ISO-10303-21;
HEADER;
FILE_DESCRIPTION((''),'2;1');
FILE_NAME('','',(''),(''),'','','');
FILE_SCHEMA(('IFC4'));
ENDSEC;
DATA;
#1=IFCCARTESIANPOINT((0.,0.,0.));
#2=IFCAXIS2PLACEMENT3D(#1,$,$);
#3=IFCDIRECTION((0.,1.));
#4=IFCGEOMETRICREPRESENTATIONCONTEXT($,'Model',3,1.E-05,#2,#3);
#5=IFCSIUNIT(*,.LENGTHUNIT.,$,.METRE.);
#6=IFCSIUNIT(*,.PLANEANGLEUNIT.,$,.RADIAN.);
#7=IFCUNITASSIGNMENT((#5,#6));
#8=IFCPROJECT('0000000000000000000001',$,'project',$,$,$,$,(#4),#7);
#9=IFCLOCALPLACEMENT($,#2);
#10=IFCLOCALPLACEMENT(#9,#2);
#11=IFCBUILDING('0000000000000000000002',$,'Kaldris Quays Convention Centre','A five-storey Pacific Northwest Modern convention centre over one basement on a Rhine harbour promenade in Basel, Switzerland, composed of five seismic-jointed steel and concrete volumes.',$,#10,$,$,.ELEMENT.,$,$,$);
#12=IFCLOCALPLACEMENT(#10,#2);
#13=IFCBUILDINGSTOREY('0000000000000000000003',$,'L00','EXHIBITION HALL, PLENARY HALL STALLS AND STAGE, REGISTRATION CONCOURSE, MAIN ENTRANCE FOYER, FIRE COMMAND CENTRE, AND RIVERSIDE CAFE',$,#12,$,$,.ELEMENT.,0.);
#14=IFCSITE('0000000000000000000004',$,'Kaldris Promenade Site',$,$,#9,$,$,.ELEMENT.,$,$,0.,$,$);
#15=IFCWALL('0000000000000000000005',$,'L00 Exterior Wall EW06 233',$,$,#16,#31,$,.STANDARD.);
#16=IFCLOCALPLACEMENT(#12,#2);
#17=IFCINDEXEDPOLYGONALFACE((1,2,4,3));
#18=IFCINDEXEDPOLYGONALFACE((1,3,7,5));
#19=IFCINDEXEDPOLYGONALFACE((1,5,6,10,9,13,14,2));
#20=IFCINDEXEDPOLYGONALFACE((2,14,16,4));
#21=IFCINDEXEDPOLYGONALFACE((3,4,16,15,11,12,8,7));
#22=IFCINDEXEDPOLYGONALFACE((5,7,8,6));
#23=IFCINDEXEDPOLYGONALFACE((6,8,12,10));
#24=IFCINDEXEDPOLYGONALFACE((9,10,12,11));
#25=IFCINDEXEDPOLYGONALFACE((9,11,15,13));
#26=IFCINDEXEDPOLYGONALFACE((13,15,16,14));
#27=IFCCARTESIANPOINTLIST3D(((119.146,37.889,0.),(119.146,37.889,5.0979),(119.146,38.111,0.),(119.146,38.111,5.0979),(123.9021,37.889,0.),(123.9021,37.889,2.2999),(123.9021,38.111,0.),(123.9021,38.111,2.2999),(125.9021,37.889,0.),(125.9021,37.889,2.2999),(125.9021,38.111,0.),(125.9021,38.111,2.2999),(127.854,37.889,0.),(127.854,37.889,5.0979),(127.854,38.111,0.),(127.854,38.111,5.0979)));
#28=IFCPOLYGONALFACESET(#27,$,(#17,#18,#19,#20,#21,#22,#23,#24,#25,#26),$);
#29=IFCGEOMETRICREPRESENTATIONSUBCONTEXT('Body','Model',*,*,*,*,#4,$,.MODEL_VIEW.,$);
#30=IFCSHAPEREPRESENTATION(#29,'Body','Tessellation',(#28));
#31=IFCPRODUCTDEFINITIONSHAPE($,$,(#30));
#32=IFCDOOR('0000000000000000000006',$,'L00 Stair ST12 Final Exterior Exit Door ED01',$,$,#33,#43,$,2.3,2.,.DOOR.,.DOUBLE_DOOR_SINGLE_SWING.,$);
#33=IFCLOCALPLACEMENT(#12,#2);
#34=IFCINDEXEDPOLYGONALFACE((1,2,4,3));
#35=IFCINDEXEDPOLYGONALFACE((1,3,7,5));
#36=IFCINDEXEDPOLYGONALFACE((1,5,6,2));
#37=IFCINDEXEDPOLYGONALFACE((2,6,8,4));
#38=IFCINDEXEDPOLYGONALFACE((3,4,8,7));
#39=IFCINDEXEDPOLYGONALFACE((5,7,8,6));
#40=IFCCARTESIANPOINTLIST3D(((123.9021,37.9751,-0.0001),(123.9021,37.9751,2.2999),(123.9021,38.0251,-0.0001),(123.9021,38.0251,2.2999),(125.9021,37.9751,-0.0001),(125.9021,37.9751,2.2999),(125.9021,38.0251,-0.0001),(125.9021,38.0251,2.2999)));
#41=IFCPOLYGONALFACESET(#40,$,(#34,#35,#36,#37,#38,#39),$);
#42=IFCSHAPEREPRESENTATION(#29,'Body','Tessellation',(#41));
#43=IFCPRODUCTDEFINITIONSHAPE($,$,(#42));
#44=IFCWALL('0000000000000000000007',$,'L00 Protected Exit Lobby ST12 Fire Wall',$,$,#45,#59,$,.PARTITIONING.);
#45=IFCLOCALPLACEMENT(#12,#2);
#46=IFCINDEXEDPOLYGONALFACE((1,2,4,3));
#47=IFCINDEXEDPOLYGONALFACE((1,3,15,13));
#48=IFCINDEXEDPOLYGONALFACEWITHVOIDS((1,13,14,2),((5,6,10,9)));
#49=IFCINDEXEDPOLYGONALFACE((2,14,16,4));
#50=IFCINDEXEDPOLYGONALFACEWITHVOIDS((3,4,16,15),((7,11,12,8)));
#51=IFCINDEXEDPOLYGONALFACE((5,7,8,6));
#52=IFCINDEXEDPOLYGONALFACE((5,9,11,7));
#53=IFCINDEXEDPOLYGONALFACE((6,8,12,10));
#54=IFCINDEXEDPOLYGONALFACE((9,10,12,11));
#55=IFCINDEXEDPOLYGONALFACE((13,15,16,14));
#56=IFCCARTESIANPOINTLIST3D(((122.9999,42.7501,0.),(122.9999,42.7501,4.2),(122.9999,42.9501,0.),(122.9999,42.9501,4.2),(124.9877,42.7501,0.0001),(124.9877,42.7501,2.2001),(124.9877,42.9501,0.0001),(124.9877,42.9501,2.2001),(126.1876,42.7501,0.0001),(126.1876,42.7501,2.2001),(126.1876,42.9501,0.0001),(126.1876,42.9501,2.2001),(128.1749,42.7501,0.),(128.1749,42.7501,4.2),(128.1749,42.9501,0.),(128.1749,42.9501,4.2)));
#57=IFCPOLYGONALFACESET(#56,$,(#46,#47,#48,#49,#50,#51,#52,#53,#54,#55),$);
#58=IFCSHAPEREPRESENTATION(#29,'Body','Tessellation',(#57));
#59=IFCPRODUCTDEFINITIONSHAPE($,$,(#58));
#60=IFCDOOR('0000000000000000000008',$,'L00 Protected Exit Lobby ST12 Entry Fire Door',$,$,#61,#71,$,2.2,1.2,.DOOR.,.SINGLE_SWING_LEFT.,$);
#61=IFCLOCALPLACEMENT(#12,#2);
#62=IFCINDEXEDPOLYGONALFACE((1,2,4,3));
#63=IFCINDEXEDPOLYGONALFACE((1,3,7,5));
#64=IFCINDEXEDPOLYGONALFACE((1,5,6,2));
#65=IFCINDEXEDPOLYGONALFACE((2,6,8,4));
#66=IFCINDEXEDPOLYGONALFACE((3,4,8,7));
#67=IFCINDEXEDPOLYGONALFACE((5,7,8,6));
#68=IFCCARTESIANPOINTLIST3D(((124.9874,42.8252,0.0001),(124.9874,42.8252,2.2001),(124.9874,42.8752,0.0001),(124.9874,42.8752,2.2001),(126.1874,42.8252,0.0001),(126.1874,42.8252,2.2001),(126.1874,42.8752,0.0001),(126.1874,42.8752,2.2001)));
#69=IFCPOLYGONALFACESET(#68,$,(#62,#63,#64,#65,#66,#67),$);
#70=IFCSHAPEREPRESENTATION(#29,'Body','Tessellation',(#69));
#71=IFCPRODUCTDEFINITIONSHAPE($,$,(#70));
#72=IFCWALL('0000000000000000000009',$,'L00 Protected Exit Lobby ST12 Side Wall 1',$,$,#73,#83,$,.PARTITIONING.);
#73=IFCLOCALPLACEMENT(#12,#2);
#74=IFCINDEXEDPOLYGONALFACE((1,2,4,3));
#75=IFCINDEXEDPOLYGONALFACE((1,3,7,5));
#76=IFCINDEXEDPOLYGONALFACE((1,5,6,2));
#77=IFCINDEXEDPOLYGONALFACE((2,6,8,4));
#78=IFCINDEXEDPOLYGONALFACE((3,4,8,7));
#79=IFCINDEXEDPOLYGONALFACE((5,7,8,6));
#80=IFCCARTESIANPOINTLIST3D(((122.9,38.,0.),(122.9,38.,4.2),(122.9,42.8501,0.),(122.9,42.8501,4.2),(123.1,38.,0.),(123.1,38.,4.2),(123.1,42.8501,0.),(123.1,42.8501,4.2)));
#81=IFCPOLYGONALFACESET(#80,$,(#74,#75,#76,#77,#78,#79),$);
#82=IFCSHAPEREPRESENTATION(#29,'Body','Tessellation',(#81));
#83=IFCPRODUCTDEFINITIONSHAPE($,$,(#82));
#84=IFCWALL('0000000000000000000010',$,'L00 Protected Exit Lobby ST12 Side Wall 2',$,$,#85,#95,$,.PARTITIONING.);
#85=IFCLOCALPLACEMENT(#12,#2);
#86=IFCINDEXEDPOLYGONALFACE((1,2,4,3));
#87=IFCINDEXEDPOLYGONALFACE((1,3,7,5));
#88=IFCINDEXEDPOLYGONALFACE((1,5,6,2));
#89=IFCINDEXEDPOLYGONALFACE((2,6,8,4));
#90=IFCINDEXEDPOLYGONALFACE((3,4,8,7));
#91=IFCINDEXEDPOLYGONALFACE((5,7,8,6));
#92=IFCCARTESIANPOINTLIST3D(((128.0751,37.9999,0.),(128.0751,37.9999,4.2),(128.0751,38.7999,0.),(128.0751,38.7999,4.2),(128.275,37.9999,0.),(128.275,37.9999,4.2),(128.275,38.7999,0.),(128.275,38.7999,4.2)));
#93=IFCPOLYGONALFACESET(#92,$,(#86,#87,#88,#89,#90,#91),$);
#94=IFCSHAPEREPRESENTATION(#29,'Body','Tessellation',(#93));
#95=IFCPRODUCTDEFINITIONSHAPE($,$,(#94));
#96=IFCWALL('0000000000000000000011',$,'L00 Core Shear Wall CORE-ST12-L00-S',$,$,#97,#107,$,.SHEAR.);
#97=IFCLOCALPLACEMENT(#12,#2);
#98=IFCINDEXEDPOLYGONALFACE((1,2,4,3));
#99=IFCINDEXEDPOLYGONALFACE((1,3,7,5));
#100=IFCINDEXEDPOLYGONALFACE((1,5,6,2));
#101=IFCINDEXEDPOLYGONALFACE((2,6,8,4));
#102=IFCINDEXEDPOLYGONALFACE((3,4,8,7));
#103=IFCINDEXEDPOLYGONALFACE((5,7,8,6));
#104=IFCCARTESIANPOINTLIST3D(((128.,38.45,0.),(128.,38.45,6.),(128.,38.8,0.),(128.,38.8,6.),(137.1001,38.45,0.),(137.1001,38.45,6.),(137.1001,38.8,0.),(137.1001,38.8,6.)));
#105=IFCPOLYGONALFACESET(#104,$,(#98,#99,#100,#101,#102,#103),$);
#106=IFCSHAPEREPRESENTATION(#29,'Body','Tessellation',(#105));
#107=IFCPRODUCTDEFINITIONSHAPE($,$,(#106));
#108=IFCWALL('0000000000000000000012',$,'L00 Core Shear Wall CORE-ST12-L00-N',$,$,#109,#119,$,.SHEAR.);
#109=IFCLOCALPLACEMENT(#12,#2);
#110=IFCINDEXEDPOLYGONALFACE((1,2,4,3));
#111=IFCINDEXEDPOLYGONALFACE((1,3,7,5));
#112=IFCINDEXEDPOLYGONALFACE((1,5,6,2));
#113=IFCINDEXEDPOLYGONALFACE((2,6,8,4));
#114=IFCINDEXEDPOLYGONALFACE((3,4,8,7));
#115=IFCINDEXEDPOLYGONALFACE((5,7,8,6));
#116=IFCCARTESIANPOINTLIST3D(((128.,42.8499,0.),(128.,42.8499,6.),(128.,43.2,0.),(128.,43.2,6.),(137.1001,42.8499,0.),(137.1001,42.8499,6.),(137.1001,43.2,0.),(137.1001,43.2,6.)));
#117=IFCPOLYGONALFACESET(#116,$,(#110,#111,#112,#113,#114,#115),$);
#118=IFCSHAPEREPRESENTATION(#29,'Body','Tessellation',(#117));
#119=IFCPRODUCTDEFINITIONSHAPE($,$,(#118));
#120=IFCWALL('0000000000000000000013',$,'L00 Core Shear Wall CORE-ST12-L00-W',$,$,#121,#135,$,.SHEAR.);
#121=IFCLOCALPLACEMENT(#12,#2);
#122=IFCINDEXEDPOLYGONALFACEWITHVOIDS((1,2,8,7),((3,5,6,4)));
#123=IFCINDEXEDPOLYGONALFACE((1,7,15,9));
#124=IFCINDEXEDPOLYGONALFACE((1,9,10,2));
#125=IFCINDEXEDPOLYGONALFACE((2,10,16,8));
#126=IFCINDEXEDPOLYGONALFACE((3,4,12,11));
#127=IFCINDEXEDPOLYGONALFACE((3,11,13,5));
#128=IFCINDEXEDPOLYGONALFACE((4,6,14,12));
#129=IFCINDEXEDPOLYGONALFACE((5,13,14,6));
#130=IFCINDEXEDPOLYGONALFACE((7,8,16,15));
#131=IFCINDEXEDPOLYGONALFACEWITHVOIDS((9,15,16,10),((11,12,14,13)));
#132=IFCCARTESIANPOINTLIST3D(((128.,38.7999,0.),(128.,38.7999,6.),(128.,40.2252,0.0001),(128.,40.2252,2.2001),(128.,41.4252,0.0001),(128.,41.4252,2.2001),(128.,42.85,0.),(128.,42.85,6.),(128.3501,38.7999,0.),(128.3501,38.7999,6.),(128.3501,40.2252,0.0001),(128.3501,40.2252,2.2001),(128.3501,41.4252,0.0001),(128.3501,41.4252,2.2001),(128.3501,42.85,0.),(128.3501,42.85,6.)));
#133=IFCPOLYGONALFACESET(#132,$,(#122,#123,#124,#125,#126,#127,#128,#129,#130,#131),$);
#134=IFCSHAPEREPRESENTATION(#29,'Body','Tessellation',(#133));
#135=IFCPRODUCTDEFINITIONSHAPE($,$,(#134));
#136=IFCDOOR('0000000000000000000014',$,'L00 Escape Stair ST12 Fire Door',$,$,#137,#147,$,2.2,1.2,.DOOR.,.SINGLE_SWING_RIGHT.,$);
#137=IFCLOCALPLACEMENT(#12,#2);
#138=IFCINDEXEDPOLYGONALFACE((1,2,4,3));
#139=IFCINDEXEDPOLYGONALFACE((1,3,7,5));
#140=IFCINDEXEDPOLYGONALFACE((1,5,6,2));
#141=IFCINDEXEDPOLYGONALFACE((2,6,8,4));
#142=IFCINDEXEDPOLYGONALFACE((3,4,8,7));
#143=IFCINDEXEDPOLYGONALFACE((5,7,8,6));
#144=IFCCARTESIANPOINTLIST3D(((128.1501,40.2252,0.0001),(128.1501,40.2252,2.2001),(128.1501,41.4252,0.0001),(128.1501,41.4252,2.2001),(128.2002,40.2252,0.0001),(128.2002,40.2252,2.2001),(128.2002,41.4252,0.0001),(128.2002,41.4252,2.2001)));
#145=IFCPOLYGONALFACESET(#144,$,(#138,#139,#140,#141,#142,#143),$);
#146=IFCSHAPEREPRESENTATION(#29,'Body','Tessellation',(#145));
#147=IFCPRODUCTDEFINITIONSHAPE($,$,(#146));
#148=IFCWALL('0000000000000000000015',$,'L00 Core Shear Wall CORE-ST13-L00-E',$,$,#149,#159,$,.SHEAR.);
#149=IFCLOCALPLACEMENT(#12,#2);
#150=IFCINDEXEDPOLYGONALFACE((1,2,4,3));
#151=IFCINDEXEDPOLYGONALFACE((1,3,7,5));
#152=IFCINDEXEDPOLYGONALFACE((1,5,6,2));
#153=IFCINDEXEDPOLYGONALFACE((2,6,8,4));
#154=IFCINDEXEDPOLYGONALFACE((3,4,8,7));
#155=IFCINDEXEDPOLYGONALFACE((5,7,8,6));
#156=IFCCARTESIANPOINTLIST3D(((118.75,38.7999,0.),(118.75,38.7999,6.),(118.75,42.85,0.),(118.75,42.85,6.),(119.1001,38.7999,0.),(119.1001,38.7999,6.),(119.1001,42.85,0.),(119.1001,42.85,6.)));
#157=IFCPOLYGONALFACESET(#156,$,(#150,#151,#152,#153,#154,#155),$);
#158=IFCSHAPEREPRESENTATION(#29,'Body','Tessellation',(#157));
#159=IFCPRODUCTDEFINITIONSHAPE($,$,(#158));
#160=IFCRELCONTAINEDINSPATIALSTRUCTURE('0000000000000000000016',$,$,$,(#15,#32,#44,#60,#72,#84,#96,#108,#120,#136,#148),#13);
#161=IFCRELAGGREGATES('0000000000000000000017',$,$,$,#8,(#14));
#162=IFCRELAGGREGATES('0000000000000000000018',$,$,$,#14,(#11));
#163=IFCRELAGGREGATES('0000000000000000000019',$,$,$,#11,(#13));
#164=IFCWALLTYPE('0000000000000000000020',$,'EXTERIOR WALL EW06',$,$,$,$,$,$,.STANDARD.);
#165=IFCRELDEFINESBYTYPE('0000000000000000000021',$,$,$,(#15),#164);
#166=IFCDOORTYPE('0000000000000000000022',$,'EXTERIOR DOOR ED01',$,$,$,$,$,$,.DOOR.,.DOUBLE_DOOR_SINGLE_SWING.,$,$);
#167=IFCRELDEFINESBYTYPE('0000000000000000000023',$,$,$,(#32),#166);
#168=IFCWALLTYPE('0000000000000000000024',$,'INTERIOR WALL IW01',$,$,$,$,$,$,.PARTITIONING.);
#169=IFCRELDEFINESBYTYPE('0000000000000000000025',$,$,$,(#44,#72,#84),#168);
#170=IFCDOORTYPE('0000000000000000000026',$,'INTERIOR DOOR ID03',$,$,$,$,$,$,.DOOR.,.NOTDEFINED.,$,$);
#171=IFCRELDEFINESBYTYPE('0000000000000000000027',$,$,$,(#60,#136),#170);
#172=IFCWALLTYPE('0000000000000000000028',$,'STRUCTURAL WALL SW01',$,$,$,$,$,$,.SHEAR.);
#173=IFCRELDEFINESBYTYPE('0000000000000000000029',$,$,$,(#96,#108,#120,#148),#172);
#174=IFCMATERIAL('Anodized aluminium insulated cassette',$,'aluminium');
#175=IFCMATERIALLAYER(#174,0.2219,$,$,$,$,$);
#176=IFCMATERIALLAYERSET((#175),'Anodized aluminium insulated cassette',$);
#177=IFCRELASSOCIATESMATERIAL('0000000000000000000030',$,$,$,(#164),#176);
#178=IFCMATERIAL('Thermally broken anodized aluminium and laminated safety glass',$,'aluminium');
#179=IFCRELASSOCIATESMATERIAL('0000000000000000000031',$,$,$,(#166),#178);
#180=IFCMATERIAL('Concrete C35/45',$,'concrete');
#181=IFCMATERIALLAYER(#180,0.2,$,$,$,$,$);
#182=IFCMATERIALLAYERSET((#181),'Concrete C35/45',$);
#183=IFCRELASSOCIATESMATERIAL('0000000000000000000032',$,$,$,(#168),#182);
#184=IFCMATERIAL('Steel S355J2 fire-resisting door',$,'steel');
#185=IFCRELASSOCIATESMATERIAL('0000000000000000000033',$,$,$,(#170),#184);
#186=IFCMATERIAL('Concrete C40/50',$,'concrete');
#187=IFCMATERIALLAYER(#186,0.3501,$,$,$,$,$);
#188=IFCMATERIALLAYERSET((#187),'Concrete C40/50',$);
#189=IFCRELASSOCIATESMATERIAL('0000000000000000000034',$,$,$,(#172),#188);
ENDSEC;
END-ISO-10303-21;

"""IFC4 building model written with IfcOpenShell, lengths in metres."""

from ifc_helpers import new_model, si_unit, direction, frame, frame_2d, origin, place, context, subcontext, project, spatial, rectangle, extrude, material, layer, layer_set, type_object, element, fill, save


model = new_model("IFC4")

# Units and contexts
model_context = context("Model", 3, precision=1e-05, world=origin(), true_north=direction((0.0, 1.0)))
body_context = subcontext(model_context, "Body", "Model", "MODEL_VIEW")
ifc_project = project(units=[si_unit("LENGTHUNIT", "METRE"), si_unit("PLANEANGLEUNIT", "RADIAN")], contexts=[model_context])

# Site, building, storey
site_placement = place(None, origin())
site = spatial("IfcSite", under=ifc_project, at=site_placement, Name="Kaldris Promenade Site", CompositionType="ELEMENT", RefElevation=0.0)
building_placement = place(site_placement, origin())
building = spatial("IfcBuilding", under=site, at=building_placement, Name="Kaldris Quays Convention Centre", Description="A five-storey Pacific Northwest Modern convention centre over one basement on a Rhine harbour promenade in Basel, Switzerland, composed of five seismic-jointed steel and concrete volumes.", CompositionType="ELEMENT")
storey_placement = place(building_placement, origin())
storey = spatial("IfcBuildingStorey", under=building, at=storey_placement, Name="L00", Description="EXHIBITION HALL, PLENARY HALL STALLS AND STAGE, REGISTRATION CONCOURSE, MAIN ENTRANCE FOYER, FIRE COMMAND CENTRE, AND RIVERSIDE CAFE", CompositionType="ELEMENT", Elevation=0.0)

# Walls, openings, doors
ifc_material_1 = material(Name="Anodized aluminium insulated cassette", Category="aluminium")
ifc_layer_1 = layer(ifc_material_1, 0.2219)
ifc_layer_set_1 = layer_set([ifc_layer_1], Name="Anodized aluminium insulated cassette")
wall_type_1 = type_object("IfcWallType", Name="EXTERIOR WALL EW06", PredefinedType="STANDARD", material=ifc_layer_set_1)
wall_1_placement = place(storey_placement, frame((119.146, 38.0, 0.0), z_axis=(0.0, 0.0, 1.0), x_axis=(1.0, 0.0, 0.0)))
wall_1 = element("IfcWall", 1, at=wall_1_placement, inside=storey, type_object=wall_type_1, Name="L00 Exterior Wall EW06 233", PredefinedType="STANDARD", context=body_context, shape_type="SweptSolid", body=[
    extrude(rectangle(XDim=8.708, YDim=0.2219, at=frame_2d((4.354, 0.0))), origin(), (0.0, 0.0, 1.0), 5.0979),
])
opening_1_placement = place(wall_1_placement, frame((4.7561, 0.0, 0.0)))
opening_1 = element("IfcOpeningElement", 2, at=opening_1_placement, cuts=wall_1, PredefinedType="OPENING", context=body_context, shape_type="SweptSolid", body=[
    extrude(rectangle(XDim=2.0, YDim=2.3, at=frame_2d((1.0, 1.1499))), frame((0.0, 0.1211, 0.0), z_axis=(0.0, -1.0, 0.0), x_axis=(1.0, 0.0, 0.0)), (0.0, 0.0, 1.0), 0.2419),
])
ifc_material_2 = material(Name="Thermally broken anodized aluminium and laminated safety glass", Category="aluminium")
door_type_1 = type_object("IfcDoorType", Name="EXTERIOR DOOR ED01", OperationType="DOUBLE_DOOR_SINGLE_SWING", PredefinedType="DOOR", material=ifc_material_2)
door_1_placement = place(opening_1_placement, frame((2.0, 0.0, 0.0), z_axis=(0.0, 0.0, 1.0), x_axis=(-1.0, 0.0, 0.0)))
door_1 = element("IfcDoor", 3, at=door_1_placement, inside=storey, type_object=door_type_1, Name="L00 Stair ST12 Final Exterior Exit Door ED01", OperationType="DOUBLE_DOOR_SINGLE_SWING", OverallHeight=2.3, OverallWidth=2.0, PredefinedType="DOOR", context=body_context, shape_type="SweptSolid", body=[
    extrude(rectangle(XDim=2.0, YDim=2.3, at=frame_2d((1.0, 1.1499))), frame((0.0, 0.0249, 0.0), z_axis=(0.0, -1.0, 0.0), x_axis=(1.0, 0.0, 0.0)), (0.0, 0.0, 1.0), 0.05),
])
fill(opening_1, door_1)
ifc_material_3 = material(Name="Concrete C35/45", Category="concrete")
ifc_layer_2 = layer(ifc_material_3, 0.2)
ifc_layer_set_2 = layer_set([ifc_layer_2], Name="Concrete C35/45")
wall_type_2 = type_object("IfcWallType", Name="INTERIOR WALL IW01", PredefinedType="PARTITIONING", material=ifc_layer_set_2)
wall_2_placement = place(storey_placement, frame((123.0, 42.8501, 0.0), z_axis=(0.0, 0.0, 1.0), x_axis=(1.0, 0.0, 0.0)))
wall_2 = element("IfcWall", 4, at=wall_2_placement, inside=storey, type_object=wall_type_2, Name="L00 Protected Exit Lobby ST12 Fire Wall", PredefinedType="PARTITIONING", context=body_context, shape_type="SweptSolid", body=[
    extrude(rectangle(XDim=5.175, YDim=0.2, at=frame_2d((2.5874, 0.0))), origin(), (0.0, 0.0, 1.0), 4.2),
])
opening_2_placement = place(wall_2_placement, frame((1.9875, 0.0, 0.0)))
opening_2 = element("IfcOpeningElement", 5, at=opening_2_placement, cuts=wall_2, PredefinedType="OPENING", context=body_context, shape_type="SweptSolid", body=[
    extrude(rectangle(XDim=1.2, YDim=2.2, at=frame_2d((0.6001, 1.1001))), frame((0.0, 0.1099, 0.0), z_axis=(0.0, -1.0, 0.0), x_axis=(1.0, 0.0, 0.0)), (0.0, 0.0, 1.0), 0.22),
])
ifc_material_4 = material(Name="Steel S355J2 fire-resisting door", Category="steel")
door_type_2 = type_object("IfcDoorType", Name="INTERIOR DOOR ID03", OperationType="NOTDEFINED", PredefinedType="DOOR", material=ifc_material_4)
door_2_placement = place(opening_2_placement, frame((1.2, 0.0, 0.0), z_axis=(0.0, 0.0, 1.0), x_axis=(-1.0, 0.0, 0.0)))
door_2 = element("IfcDoor", 6, at=door_2_placement, inside=storey, type_object=door_type_2, Name="L00 Protected Exit Lobby ST12 Entry Fire Door", OperationType="SINGLE_SWING_LEFT", OverallHeight=2.2, OverallWidth=1.2, PredefinedType="DOOR", context=body_context, shape_type="SweptSolid", body=[
    extrude(rectangle(XDim=1.2, YDim=2.2, at=frame_2d((0.6001, 1.1001))), frame((0.0, 0.0249, 0.0), z_axis=(0.0, -1.0, 0.0), x_axis=(1.0, 0.0, 0.0)), (0.0, 0.0, 1.0), 0.05),
])
fill(opening_2, door_2)

# Walls
wall_3_placement = place(storey_placement, frame((123.0, 38.0, 0.0), z_axis=(0.0, 0.0, 1.0), x_axis=(0.0, 1.0, 0.0)))
element("IfcWall", 7, at=wall_3_placement, inside=storey, type_object=wall_type_2, Name="L00 Protected Exit Lobby ST12 Side Wall 1", PredefinedType="PARTITIONING", context=body_context, shape_type="SweptSolid", body=[
    extrude(rectangle(XDim=4.8501, YDim=0.2, at=frame_2d((2.425, 0.0))), origin(), (0.0, 0.0, 1.0), 4.2),
])
wall_4_placement = place(storey_placement, frame((128.175, 38.0, 0.0), z_axis=(0.0, 0.0, 1.0), x_axis=(0.0, 1.0, 0.0)))
element("IfcWall", 8, at=wall_4_placement, inside=storey, type_object=wall_type_2, Name="L00 Protected Exit Lobby ST12 Side Wall 2", PredefinedType="PARTITIONING", context=body_context, shape_type="SweptSolid", body=[
    extrude(rectangle(XDim=0.8, YDim=0.2, at=frame_2d((0.3999, 0.0))), origin(), (0.0, 0.0, 1.0), 4.2),
])
ifc_material_5 = material(Name="Concrete C40/50", Category="concrete")
ifc_layer_3 = layer(ifc_material_5, 0.3501)
ifc_layer_set_3 = layer_set([ifc_layer_3], Name="Concrete C40/50")
wall_type_3 = type_object("IfcWallType", Name="STRUCTURAL WALL SW01", PredefinedType="SHEAR", material=ifc_layer_set_3)
for number, where, z_axis, x_axis, name in (
    (9, (128.0, 38.625, 0.0), (0.0, 0.0, 1.0), (1.0, 0.0, 0.0), "L00 Core Shear Wall CORE-ST12-L00-S"),
    (10, (128.0, 43.0249, 0.0), (0.0, 0.0, 1.0), (1.0, 0.0, 0.0), "L00 Core Shear Wall CORE-ST12-L00-N"),
):
    element("IfcWall", number, at=place(storey_placement, frame(where, z_axis=z_axis, x_axis=x_axis)), inside=storey, type_object=wall_type_3, Name=name, PredefinedType="SHEAR", context=body_context, shape_type="SweptSolid", body=[
        extrude(rectangle(XDim=9.1001, YDim=0.3501, at=frame_2d((4.55, 0.0))), origin(), (0.0, 0.0, 1.0), 6.0),
    ])

# Wall, opening, door
wall_5_placement = place(storey_placement, frame((128.175, 38.8, 0.0), z_axis=(0.0, 0.0, 1.0), x_axis=(0.0, 1.0, 0.0)))
wall_5 = element("IfcWall", 11, at=wall_5_placement, inside=storey, type_object=wall_type_3, Name="L00 Core Shear Wall CORE-ST12-L00-W", PredefinedType="SHEAR", context=body_context, shape_type="SweptSolid", body=[
    extrude(rectangle(XDim=4.05, YDim=0.3501, at=frame_2d((2.0249, 0.0))), origin(), (0.0, 0.0, 1.0), 6.0),
])
opening_3_placement = place(wall_5_placement, frame((1.425, 0.0, 0.0)))
opening_3 = element("IfcOpeningElement", 12, at=opening_3_placement, cuts=wall_5, PredefinedType="OPENING", context=body_context, shape_type="SweptSolid", body=[
    extrude(rectangle(XDim=1.2, YDim=2.2, at=frame_2d((0.6001, 1.1001))), frame((0.0, 0.1851, 0.0), z_axis=(0.0, -1.0, 0.0), x_axis=(1.0, 0.0, 0.0)), (0.0, 0.0, 1.0), 0.3701),
])
door_3_placement = place(opening_3_placement, origin())
door_3 = element("IfcDoor", 13, at=door_3_placement, inside=storey, type_object=door_type_2, Name="L00 Escape Stair ST12 Fire Door", OperationType="SINGLE_SWING_RIGHT", OverallHeight=2.2, OverallWidth=1.2, PredefinedType="DOOR", context=body_context, shape_type="SweptSolid", body=[
    extrude(rectangle(XDim=1.2, YDim=2.2, at=frame_2d((0.6001, 1.1001))), frame((0.0, 0.0249, 0.0), z_axis=(0.0, -1.0, 0.0), x_axis=(1.0, 0.0, 0.0)), (0.0, 0.0, 1.0), 0.05),
])
fill(opening_3, door_3)

# Wall
wall_6_placement = place(storey_placement, frame((118.925, 38.8, 0.0), z_axis=(0.0, 0.0, 1.0), x_axis=(0.0, 1.0, 0.0)))
element("IfcWall", 14, at=wall_6_placement, inside=storey, type_object=wall_type_3, Name="L00 Core Shear Wall CORE-ST13-L00-E", PredefinedType="SHEAR", context=body_context, shape_type="SweptSolid", body=[
    extrude(rectangle(XDim=4.05, YDim=0.3501, at=frame_2d((2.0249, 0.0))), origin(), (0.0, 0.0, 1.0), 6.0),
])

save(model, "model.ifc")
